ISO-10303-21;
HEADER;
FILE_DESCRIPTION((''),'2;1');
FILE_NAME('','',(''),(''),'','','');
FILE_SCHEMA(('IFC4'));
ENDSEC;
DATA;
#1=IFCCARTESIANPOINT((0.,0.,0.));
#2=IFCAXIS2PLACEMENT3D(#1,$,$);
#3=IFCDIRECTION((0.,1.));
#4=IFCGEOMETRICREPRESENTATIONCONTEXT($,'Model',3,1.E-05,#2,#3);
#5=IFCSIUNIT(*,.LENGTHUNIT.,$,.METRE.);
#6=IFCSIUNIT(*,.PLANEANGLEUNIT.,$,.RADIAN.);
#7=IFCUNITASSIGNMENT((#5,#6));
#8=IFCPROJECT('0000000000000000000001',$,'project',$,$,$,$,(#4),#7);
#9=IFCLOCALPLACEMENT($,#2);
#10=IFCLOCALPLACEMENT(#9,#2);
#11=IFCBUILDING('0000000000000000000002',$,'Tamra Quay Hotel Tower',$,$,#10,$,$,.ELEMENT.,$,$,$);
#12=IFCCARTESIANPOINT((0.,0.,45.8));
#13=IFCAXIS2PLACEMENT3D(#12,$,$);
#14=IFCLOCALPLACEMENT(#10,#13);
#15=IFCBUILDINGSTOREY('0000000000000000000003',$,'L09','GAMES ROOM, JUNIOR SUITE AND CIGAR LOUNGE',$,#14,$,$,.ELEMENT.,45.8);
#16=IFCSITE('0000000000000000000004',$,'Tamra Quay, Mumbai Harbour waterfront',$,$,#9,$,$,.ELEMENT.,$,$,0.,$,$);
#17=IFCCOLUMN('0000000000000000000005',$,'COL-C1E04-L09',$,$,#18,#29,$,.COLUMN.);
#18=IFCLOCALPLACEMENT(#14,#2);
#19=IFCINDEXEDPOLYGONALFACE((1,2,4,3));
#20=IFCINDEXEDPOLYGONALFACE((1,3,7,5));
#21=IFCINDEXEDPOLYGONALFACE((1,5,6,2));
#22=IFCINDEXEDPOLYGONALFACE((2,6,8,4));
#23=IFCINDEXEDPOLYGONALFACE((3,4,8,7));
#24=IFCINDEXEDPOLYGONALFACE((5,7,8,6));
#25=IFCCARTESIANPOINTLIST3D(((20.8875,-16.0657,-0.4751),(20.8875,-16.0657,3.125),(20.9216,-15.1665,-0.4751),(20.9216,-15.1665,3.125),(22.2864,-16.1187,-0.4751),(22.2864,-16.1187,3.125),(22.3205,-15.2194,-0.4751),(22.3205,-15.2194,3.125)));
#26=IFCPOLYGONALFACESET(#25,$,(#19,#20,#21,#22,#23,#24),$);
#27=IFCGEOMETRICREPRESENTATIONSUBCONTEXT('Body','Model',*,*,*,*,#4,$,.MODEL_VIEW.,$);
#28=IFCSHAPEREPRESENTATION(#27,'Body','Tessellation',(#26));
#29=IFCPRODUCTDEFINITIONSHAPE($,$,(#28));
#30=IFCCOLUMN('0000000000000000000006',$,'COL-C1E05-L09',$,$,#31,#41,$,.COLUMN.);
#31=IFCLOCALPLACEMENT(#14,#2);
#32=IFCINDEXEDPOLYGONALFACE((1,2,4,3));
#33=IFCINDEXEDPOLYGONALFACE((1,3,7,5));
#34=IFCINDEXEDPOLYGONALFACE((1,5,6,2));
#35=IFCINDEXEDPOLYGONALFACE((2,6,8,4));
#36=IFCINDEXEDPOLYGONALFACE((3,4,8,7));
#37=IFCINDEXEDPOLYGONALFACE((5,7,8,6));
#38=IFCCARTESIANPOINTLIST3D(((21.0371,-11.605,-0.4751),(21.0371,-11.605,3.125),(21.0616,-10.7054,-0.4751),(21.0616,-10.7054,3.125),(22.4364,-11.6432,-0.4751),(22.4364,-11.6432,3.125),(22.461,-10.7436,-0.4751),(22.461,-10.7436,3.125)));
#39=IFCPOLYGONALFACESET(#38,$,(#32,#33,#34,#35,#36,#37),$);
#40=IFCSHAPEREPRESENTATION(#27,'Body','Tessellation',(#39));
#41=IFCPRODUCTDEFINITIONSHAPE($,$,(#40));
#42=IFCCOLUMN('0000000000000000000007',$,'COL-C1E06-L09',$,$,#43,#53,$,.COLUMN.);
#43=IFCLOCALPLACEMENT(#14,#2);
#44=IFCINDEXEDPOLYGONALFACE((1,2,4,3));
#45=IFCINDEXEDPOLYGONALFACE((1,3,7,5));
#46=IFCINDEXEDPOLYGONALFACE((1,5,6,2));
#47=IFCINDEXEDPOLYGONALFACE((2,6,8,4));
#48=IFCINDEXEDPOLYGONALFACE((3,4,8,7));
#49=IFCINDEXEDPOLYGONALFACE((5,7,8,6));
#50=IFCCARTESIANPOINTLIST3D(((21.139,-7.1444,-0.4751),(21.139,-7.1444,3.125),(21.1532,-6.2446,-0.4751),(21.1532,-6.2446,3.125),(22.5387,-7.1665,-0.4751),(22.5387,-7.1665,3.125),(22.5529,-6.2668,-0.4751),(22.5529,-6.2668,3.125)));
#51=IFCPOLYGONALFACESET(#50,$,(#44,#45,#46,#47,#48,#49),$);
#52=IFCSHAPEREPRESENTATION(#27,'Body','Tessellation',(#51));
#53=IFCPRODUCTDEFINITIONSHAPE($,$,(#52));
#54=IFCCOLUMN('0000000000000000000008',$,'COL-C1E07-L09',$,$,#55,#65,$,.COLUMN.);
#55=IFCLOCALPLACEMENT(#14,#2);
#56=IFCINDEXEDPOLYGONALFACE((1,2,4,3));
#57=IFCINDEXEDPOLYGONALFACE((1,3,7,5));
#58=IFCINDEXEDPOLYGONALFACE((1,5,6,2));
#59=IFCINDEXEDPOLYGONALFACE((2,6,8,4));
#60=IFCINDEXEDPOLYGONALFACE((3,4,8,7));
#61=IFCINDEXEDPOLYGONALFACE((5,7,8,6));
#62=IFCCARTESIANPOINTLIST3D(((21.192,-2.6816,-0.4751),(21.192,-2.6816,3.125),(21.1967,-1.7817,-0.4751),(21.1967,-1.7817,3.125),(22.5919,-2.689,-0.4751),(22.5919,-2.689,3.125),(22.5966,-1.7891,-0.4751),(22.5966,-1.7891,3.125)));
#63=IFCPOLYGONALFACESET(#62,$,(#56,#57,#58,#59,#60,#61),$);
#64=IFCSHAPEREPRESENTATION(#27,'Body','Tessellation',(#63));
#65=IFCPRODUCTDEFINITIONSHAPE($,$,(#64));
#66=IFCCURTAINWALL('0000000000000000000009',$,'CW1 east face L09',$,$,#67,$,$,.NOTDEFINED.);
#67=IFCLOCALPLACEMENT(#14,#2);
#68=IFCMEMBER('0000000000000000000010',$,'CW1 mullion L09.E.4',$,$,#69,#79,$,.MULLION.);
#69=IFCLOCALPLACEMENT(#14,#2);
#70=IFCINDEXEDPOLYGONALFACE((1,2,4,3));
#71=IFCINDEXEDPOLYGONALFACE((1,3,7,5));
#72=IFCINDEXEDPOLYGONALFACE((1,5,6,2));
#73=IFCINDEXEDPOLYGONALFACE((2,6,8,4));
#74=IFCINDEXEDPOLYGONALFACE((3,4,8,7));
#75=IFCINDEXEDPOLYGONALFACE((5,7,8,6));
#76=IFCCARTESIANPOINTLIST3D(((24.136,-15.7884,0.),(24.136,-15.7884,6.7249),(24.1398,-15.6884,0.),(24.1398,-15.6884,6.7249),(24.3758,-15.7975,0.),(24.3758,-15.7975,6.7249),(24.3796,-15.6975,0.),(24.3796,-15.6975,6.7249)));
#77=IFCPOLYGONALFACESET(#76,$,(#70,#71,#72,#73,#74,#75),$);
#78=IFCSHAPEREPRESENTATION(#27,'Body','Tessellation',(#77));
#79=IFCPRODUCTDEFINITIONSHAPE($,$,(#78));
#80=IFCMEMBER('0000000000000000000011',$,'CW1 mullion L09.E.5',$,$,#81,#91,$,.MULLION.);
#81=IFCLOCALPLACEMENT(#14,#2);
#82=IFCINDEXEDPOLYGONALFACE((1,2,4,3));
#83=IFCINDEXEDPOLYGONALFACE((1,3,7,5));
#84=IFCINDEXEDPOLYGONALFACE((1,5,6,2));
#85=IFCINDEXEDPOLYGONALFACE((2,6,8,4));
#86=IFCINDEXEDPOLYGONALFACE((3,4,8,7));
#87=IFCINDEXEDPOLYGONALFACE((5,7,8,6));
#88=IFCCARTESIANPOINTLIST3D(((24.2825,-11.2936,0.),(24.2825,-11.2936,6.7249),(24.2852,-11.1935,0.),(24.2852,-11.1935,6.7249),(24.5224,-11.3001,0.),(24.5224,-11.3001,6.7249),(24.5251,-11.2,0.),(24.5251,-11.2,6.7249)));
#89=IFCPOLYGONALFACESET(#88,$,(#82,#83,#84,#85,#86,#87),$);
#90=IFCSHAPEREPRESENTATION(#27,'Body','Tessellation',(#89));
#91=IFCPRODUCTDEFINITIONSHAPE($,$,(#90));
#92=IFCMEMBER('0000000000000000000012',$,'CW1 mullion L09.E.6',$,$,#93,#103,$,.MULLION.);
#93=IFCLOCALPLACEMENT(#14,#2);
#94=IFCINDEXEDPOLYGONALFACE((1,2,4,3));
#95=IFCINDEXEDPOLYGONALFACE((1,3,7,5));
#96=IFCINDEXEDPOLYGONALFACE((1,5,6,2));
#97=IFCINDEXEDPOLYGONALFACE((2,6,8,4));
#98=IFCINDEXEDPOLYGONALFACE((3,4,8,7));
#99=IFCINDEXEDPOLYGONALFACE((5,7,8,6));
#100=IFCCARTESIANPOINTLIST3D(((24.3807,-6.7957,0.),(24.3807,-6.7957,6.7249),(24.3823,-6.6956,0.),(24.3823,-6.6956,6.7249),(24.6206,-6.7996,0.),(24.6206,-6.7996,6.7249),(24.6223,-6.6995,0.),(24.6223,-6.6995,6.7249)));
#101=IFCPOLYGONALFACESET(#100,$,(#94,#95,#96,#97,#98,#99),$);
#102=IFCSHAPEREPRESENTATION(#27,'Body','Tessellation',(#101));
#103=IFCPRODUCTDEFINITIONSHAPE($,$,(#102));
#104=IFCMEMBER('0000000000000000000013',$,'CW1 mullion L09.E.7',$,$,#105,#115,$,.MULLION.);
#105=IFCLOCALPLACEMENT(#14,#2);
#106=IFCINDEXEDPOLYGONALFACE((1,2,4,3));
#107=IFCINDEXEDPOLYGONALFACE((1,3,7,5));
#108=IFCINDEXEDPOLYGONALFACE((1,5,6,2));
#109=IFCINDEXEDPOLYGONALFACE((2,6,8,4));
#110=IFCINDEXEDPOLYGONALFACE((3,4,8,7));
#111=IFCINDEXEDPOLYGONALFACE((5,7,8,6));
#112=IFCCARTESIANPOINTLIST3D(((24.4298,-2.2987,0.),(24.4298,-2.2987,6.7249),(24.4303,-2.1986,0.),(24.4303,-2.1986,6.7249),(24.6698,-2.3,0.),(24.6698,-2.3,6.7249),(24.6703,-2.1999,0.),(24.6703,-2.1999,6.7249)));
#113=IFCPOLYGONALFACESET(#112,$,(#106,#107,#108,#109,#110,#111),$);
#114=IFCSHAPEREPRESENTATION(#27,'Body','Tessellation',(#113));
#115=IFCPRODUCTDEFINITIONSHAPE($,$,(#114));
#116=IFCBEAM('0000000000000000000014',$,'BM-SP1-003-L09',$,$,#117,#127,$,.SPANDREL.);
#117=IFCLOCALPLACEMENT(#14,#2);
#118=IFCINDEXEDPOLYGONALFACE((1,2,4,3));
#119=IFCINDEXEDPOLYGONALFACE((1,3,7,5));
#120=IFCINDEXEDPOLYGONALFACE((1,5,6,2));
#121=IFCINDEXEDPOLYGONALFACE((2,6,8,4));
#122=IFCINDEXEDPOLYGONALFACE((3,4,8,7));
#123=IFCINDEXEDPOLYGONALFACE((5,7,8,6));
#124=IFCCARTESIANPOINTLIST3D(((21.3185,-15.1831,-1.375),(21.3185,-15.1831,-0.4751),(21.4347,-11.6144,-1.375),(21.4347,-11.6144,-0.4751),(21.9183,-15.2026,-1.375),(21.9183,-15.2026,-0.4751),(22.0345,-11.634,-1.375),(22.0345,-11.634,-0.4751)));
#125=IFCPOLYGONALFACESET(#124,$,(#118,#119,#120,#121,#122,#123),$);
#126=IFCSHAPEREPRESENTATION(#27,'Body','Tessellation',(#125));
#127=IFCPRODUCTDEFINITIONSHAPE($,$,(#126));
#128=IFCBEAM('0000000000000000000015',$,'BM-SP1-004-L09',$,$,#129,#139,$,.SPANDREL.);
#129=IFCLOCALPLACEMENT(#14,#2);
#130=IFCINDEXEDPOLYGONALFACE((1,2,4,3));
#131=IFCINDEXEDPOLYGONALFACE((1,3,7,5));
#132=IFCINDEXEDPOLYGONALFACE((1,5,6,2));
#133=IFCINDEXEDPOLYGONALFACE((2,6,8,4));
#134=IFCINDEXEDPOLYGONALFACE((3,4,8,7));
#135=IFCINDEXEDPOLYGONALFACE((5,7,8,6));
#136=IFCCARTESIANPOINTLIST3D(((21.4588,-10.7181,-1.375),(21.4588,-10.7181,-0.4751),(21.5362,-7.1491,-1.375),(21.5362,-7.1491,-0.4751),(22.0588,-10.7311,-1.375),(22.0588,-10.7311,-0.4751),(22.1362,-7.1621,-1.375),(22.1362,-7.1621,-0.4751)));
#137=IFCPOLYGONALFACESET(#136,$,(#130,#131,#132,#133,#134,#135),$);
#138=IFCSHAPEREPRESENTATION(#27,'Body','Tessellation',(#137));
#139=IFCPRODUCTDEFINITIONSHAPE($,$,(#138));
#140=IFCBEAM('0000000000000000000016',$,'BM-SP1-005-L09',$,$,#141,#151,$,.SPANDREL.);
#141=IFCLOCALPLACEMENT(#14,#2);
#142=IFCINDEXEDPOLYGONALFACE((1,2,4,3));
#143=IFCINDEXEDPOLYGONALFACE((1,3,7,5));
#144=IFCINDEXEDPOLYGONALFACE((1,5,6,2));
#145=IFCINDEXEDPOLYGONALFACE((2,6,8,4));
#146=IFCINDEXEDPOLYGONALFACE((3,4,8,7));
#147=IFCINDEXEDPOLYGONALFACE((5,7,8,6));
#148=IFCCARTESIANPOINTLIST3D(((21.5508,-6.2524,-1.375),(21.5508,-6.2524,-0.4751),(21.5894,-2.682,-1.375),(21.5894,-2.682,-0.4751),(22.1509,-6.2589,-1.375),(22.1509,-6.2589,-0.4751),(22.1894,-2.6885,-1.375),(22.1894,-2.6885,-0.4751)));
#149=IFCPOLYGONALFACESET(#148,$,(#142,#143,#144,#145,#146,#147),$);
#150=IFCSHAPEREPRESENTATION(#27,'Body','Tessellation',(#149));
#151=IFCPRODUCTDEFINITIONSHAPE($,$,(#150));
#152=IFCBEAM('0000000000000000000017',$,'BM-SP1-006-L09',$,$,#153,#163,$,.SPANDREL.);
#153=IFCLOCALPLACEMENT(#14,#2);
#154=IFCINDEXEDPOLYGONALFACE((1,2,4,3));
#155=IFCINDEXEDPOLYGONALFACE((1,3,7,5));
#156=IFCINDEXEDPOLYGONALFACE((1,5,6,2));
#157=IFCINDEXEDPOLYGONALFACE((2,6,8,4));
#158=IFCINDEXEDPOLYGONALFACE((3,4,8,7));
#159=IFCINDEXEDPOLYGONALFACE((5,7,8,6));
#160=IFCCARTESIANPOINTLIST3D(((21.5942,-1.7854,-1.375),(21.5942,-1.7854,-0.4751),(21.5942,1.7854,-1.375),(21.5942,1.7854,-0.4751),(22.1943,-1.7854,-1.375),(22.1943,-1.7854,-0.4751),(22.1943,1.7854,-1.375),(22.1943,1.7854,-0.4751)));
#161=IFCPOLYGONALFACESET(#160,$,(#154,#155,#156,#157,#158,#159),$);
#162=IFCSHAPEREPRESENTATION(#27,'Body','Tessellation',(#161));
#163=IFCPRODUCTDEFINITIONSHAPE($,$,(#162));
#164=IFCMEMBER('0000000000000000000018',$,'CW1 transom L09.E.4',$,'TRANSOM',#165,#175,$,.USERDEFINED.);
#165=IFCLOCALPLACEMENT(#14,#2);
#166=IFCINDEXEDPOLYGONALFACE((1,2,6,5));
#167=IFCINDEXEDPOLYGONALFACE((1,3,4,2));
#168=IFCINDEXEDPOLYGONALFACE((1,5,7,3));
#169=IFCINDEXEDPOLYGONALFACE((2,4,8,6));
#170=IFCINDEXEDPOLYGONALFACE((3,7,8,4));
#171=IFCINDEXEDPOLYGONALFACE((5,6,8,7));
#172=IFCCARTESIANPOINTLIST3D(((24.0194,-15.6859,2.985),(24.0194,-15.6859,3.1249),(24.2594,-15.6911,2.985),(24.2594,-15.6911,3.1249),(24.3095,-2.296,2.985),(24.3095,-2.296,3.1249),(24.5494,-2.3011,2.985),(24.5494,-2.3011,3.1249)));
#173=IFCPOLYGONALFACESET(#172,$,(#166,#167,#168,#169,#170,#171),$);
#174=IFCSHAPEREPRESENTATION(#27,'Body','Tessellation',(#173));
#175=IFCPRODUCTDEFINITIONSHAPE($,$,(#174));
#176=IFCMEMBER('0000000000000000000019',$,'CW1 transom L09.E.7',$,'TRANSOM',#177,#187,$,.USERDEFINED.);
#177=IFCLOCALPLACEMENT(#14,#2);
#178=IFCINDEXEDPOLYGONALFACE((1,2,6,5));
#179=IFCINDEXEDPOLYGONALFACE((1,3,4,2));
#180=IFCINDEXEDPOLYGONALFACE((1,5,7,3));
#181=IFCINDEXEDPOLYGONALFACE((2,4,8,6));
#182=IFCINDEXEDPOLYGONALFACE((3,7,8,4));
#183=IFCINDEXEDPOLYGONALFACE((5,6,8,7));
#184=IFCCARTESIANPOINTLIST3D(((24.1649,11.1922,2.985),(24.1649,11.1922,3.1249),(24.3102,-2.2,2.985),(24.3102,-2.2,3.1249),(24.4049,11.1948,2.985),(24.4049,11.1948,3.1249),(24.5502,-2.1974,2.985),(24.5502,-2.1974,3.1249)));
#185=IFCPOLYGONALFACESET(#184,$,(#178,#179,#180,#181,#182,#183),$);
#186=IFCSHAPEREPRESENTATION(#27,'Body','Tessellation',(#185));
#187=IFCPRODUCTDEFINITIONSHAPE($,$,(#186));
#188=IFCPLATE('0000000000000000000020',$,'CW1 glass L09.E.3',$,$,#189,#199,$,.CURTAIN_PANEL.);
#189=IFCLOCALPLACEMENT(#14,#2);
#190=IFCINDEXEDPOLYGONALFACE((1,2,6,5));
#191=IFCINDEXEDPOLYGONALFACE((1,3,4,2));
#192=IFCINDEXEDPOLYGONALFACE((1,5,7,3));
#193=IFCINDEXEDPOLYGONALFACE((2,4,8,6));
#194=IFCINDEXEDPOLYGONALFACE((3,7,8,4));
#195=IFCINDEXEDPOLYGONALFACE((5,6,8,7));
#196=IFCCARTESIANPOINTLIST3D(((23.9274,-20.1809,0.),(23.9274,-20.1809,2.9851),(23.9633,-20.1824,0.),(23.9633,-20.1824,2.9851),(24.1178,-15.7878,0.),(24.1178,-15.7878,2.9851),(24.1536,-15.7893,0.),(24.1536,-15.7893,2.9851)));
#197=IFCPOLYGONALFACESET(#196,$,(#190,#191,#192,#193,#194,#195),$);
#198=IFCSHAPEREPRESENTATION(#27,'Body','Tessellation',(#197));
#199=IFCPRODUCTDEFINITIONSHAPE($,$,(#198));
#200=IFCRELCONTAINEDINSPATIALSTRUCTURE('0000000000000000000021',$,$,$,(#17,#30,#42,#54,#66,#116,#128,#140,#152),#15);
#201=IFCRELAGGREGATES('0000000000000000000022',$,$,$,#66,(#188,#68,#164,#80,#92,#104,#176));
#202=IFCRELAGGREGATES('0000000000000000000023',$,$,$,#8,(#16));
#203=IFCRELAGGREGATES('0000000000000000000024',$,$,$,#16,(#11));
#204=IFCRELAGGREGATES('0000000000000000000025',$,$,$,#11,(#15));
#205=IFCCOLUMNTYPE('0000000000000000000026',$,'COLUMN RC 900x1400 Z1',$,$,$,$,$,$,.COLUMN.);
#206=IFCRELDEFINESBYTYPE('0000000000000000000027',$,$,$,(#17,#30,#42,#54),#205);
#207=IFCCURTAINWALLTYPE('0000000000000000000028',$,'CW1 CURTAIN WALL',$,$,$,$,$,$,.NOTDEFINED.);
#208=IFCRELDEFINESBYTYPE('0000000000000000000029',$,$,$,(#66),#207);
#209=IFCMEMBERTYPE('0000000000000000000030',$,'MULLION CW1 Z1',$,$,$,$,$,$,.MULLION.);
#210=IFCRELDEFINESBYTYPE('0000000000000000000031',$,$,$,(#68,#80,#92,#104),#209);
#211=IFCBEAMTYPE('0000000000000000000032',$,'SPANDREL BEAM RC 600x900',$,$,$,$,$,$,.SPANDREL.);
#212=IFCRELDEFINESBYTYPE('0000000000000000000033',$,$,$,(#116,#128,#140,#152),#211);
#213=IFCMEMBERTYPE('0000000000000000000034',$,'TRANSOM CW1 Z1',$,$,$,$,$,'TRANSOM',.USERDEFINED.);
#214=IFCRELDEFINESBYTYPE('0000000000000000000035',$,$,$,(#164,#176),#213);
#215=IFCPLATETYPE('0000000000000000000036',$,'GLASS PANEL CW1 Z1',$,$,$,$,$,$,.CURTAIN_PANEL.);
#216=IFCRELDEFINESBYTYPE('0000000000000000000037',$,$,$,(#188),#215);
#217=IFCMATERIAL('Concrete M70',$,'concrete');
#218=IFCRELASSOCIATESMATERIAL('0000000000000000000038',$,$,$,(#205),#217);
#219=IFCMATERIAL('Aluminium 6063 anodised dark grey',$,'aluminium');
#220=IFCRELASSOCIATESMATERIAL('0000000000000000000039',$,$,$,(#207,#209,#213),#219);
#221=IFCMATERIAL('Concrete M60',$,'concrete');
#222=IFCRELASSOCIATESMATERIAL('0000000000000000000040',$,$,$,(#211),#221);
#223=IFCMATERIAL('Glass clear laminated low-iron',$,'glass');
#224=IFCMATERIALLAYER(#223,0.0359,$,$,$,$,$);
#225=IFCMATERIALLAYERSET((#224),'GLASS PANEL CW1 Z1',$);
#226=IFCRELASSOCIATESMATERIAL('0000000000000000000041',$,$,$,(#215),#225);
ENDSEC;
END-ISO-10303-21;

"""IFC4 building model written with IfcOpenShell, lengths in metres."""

from ifc_helpers import new_model, si_unit, direction, frame, origin, origin_2d, place, context, subcontext, project, spatial, rectangle, extrude, material, layer, layer_set, material_profile, profile_set, type_object, element, aggregate, save


model = new_model("IFC4")

# Units and contexts
model_context = context("Model", 3, precision=1e-05, world=origin(), true_north=direction((0.0, 1.0)))
body_context = subcontext(model_context, "Body", "Model", "MODEL_VIEW")
ifc_project = project(units=[si_unit("LENGTHUNIT", "METRE"), si_unit("PLANEANGLEUNIT", "RADIAN")], contexts=[model_context])

# Site, building, storey
site_placement = place(None, origin())
site = spatial("IfcSite", under=ifc_project, at=site_placement, Name="Tamra Quay, Mumbai Harbour waterfront", CompositionType="ELEMENT", RefElevation=0.0)
building_placement = place(site_placement, origin())
building = spatial("IfcBuilding", under=site, at=building_placement, Name="Tamra Quay Hotel Tower", CompositionType="ELEMENT")
storey_placement = place(building_placement, frame((0.0, 0.0, 45.8)))
storey = spatial("IfcBuildingStorey", under=building, at=storey_placement, Name="L09", Description="GAMES ROOM, JUNIOR SUITE AND CIGAR LOUNGE", CompositionType="ELEMENT", Elevation=45.8)

# Columns
ifc_material_1 = material(Name="Concrete M70", Category="concrete")
ifc_material_profile_1 = material_profile(ifc_material_1, rectangle(XDim=1.3999, YDim=0.8999, at=origin_2d()), Name="COLUMN RC 900x1400 Z1")
ifc_profile_set_1 = profile_set([ifc_material_profile_1], Name="Concrete M70")
column_type = type_object("IfcColumnType", Name="COLUMN RC 900x1400 Z1", PredefinedType="COLUMN", material=ifc_profile_set_1)
for number, where, z_axis, x_axis, name in (
    (1, (21.604, -15.6426, -0.4751), (0.0, 0.0, 1.0), (-0.999285, 0.037812, 0.0), "COL-C1E04-L09"),
    (2, (21.749, -11.1743, -0.4751), (0.0, 0.0, 1.0), (-0.999628, 0.027269, 0.0), "COL-C1E05-L09"),
    (3, (21.8459, -6.7056, -0.4751), (0.0, 0.0, 1.0), (-0.999875, 0.015838, 0.0), "COL-C1E06-L09"),
    (4, (21.8943, -2.2354, -0.4751), (0.0, 0.0, 1.0), (-0.999986, 0.00528, 0.0), "COL-C1E07-L09"),
):
    element("IfcColumn", number, at=place(storey_placement, frame(where, z_axis=z_axis, x_axis=x_axis)), inside=storey, type_object=column_type, Name=name, PredefinedType="COLUMN", context=body_context, shape_type="SweptSolid", body=[
        extrude(rectangle(XDim=1.3999, YDim=0.8999, at=origin_2d()), origin(), (0.0, 0.0, 1.0), 3.6001),
    ])

# Curtain wall, members
ifc_material_2 = material(Name="Aluminium 6063 anodised dark grey", Category="aluminium")
curtain_wall_type = type_object("IfcCurtainWallType", Name="CW1 CURTAIN WALL", PredefinedType="NOTDEFINED", material=ifc_material_2)
curtain_wall_placement = place(storey_placement, origin())
curtain_wall = element("IfcCurtainWall", 5, at=curtain_wall_placement, inside=storey, type_object=curtain_wall_type, Name="CW1 east face L09", PredefinedType="NOTDEFINED")
ifc_material_profile_2 = material_profile(ifc_material_2, rectangle(XDim=0.24, YDim=0.1001, at=origin_2d()), Name="MULLION 100X240")
ifc_profile_set_2 = profile_set([ifc_material_profile_2], Name="Aluminium 6063 anodised dark grey")
member_type_1 = type_object("IfcMemberType", Name="MULLION CW1 Z1", PredefinedType="MULLION", material=ifc_profile_set_2)
member_1_placement = place(storey_placement, frame((24.2578, -15.7429, 0.0), z_axis=(0.0, 0.0, 1.0), x_axis=(0.999282, -0.037881, 0.0)))
member_1 = element("IfcMember", 6, at=member_1_placement, type_object=member_type_1, Name="CW1 mullion L09.E.4", PredefinedType="MULLION", context=body_context, shape_type="SweptSolid", body=[
    extrude(rectangle(XDim=0.24, YDim=0.1001, at=origin_2d()), origin(), (0.0, 0.0, 1.0), 6.7249),
])
member_2_placement = place(storey_placement, frame((24.4038, -11.2468, 0.0), z_axis=(0.0, 0.0, 1.0), x_axis=(0.999634, -0.027067, 0.0)))
member_2 = element("IfcMember", 7, at=member_2_placement, type_object=member_type_1, Name="CW1 mullion L09.E.5", PredefinedType="MULLION", context=body_context, shape_type="SweptSolid", body=[
    extrude(rectangle(XDim=0.24, YDim=0.1001, at=origin_2d()), origin(), (0.0, 0.0, 1.0), 6.7249),
])
member_3_placement = place(storey_placement, frame((24.5015, -6.7476, 0.0), z_axis=(0.0, 0.0, 1.0), x_axis=(0.999868, -0.016247, 0.0)))
member_3 = element("IfcMember", 8, at=member_3_placement, type_object=member_type_1, Name="CW1 mullion L09.E.6", PredefinedType="MULLION", context=body_context, shape_type="SweptSolid", body=[
    extrude(rectangle(XDim=0.24, YDim=0.1001, at=origin_2d()), origin(), (0.0, 0.0, 1.0), 6.7249),
])
member_4_placement = place(storey_placement, frame((24.55, -2.2493, 0.0), z_axis=(0.0, 0.0, 1.0), x_axis=(0.999985, -0.005418, 0.0)))
member_4 = element("IfcMember", 9, at=member_4_placement, type_object=member_type_1, Name="CW1 mullion L09.E.7", PredefinedType="MULLION", context=body_context, shape_type="SweptSolid", body=[
    extrude(rectangle(XDim=0.24, YDim=0.1001, at=origin_2d()), origin(), (0.0, 0.0, 1.0), 6.7249),
])

# Beams
ifc_material_3 = material(Name="Concrete M60", Category="concrete")
ifc_material_profile_3 = material_profile(ifc_material_3, rectangle(XDim=0.6001, YDim=0.8999, at=origin_2d()), Name="SPANDREL BEAM RC 600x900")
ifc_profile_set_3 = profile_set([ifc_material_profile_3], Name="Concrete M60")
beam_type = type_object("IfcBeamType", Name="SPANDREL BEAM RC 600x900", PredefinedType="SPANDREL", material=ifc_profile_set_3)
beam_1_placement = place(storey_placement, frame((21.6184, -15.1929, -0.925), z_axis=(0.032548, 0.99947, 0.0), x_axis=(-0.99947, 0.032548, 0.0)))
element("IfcBeam", 10, at=beam_1_placement, inside=storey, type_object=beam_type, Name="BM-SP1-003-L09", PredefinedType="SPANDREL", context=body_context, shape_type="SweptSolid", body=[
    extrude(rectangle(XDim=0.6001, YDim=0.8999, at=origin_2d()), origin(), (0.0, 0.0, 1.0), 3.5706),
])
beam_2_placement = place(storey_placement, frame((21.7588, -10.7246, -0.925), z_axis=(0.021679, 0.999765, 0.0), x_axis=(-0.999765, 0.021679, 0.0)))
element("IfcBeam", 11, at=beam_2_placement, inside=storey, type_object=beam_type, Name="BM-SP1-004-L09", PredefinedType="SPANDREL", context=body_context, shape_type="SweptSolid", body=[
    extrude(rectangle(XDim=0.6001, YDim=0.8999, at=origin_2d()), origin(), (0.0, 0.0, 1.0), 3.5698),
])
beam_3_placement = place(storey_placement, frame((21.8508, -6.2556, -0.925), z_axis=(0.010804, 0.999942, 0.0), x_axis=(-0.999942, 0.010804, 0.0)))
element("IfcBeam", 12, at=beam_3_placement, inside=storey, type_object=beam_type, Name="BM-SP1-005-L09", PredefinedType="SPANDREL", context=body_context, shape_type="SweptSolid", body=[
    extrude(rectangle(XDim=0.6001, YDim=0.8999, at=origin_2d()), origin(), (0.0, 0.0, 1.0), 3.5706),
])
beam_4_placement = place(storey_placement, frame((21.8943, -1.7854, -0.925), z_axis=(0.0, 1.0, 0.0), x_axis=(-1.0, 0.0, 0.0)))
element("IfcBeam", 13, at=beam_4_placement, inside=storey, type_object=beam_type, Name="BM-SP1-006-L09", PredefinedType="SPANDREL", context=body_context, shape_type="SweptSolid", body=[
    extrude(rectangle(XDim=0.6001, YDim=0.8999, at=origin_2d()), origin(), (0.0, 0.0, 1.0), 3.5708),
])

# Members
ifc_material_profile_4 = material_profile(ifc_material_2, rectangle(XDim=0.24, YDim=0.1399, at=origin_2d()), Name="TRANSOM 240X140")
ifc_profile_set_4 = profile_set([ifc_material_profile_4], Name="Aluminium 6063 anodised dark grey")
member_type_2 = type_object("IfcMemberType", Name="TRANSOM CW1 Z1", ElementType="TRANSOM", PredefinedType="USERDEFINED", material=ifc_profile_set_4)
member_5_placement = place(storey_placement, frame((24.1394, -15.6885, 3.0549), z_axis=(0.021656, 0.999765, 0.0), x_axis=(-0.999765, 0.021656, 0.0)))
member_5 = element("IfcMember", 14, at=member_5_placement, type_object=member_type_2, Name="CW1 transom L09.E.4", ObjectType="TRANSOM", PredefinedType="USERDEFINED", context=body_context, shape_type="SweptSolid", body=[
    extrude(rectangle(XDim=0.24, YDim=0.1399, at=origin_2d()), origin(), (0.0, 0.0, 1.0), 13.3931),
])
member_6_placement = place(storey_placement, frame((24.4302, -2.1987, 3.0549), z_axis=(-0.010846, 0.999941, 0.0), x_axis=(-0.999941, -0.010846, 0.0)))
member_6 = element("IfcMember", 15, at=member_6_placement, type_object=member_type_2, Name="CW1 transom L09.E.7", ObjectType="TRANSOM", PredefinedType="USERDEFINED", context=body_context, shape_type="SweptSolid", body=[
    extrude(rectangle(XDim=0.24, YDim=0.1399, at=origin_2d()), origin(), (0.0, 0.0, 1.0), 13.3931),
])

# Plate
ifc_material_4 = material(Name="Glass clear laminated low-iron", Category="glass")
ifc_layer_1 = layer(ifc_material_4, 0.0359)
ifc_layer_set_1 = layer_set([ifc_layer_1], Name="GLASS PANEL CW1 Z1")
plate_type = type_object("IfcPlateType", Name="GLASS PANEL CW1 Z1", PredefinedType="CURTAIN_PANEL", material=ifc_layer_set_1)
plate_1_placement = place(storey_placement, frame((24.0405, -17.9851, 0.0), z_axis=(0.0, 0.0, 1.0), x_axis=(0.043285, 0.999063, 0.0)))
plate_1 = element("IfcPlate", 16, at=plate_1_placement, type_object=plate_type, Name="CW1 glass L09.E.3", PredefinedType="CURTAIN_PANEL", context=body_context, shape_type="SweptSolid", body=[
    extrude(rectangle(XDim=4.3972, YDim=0.0359, at=origin_2d()), origin(), (0.0, 0.0, 1.0), 2.9851),
])
aggregate(curtain_wall, [plate_1, member_1, member_5, member_2, member_3, member_4, member_6])

save(model, "model.ifc")
